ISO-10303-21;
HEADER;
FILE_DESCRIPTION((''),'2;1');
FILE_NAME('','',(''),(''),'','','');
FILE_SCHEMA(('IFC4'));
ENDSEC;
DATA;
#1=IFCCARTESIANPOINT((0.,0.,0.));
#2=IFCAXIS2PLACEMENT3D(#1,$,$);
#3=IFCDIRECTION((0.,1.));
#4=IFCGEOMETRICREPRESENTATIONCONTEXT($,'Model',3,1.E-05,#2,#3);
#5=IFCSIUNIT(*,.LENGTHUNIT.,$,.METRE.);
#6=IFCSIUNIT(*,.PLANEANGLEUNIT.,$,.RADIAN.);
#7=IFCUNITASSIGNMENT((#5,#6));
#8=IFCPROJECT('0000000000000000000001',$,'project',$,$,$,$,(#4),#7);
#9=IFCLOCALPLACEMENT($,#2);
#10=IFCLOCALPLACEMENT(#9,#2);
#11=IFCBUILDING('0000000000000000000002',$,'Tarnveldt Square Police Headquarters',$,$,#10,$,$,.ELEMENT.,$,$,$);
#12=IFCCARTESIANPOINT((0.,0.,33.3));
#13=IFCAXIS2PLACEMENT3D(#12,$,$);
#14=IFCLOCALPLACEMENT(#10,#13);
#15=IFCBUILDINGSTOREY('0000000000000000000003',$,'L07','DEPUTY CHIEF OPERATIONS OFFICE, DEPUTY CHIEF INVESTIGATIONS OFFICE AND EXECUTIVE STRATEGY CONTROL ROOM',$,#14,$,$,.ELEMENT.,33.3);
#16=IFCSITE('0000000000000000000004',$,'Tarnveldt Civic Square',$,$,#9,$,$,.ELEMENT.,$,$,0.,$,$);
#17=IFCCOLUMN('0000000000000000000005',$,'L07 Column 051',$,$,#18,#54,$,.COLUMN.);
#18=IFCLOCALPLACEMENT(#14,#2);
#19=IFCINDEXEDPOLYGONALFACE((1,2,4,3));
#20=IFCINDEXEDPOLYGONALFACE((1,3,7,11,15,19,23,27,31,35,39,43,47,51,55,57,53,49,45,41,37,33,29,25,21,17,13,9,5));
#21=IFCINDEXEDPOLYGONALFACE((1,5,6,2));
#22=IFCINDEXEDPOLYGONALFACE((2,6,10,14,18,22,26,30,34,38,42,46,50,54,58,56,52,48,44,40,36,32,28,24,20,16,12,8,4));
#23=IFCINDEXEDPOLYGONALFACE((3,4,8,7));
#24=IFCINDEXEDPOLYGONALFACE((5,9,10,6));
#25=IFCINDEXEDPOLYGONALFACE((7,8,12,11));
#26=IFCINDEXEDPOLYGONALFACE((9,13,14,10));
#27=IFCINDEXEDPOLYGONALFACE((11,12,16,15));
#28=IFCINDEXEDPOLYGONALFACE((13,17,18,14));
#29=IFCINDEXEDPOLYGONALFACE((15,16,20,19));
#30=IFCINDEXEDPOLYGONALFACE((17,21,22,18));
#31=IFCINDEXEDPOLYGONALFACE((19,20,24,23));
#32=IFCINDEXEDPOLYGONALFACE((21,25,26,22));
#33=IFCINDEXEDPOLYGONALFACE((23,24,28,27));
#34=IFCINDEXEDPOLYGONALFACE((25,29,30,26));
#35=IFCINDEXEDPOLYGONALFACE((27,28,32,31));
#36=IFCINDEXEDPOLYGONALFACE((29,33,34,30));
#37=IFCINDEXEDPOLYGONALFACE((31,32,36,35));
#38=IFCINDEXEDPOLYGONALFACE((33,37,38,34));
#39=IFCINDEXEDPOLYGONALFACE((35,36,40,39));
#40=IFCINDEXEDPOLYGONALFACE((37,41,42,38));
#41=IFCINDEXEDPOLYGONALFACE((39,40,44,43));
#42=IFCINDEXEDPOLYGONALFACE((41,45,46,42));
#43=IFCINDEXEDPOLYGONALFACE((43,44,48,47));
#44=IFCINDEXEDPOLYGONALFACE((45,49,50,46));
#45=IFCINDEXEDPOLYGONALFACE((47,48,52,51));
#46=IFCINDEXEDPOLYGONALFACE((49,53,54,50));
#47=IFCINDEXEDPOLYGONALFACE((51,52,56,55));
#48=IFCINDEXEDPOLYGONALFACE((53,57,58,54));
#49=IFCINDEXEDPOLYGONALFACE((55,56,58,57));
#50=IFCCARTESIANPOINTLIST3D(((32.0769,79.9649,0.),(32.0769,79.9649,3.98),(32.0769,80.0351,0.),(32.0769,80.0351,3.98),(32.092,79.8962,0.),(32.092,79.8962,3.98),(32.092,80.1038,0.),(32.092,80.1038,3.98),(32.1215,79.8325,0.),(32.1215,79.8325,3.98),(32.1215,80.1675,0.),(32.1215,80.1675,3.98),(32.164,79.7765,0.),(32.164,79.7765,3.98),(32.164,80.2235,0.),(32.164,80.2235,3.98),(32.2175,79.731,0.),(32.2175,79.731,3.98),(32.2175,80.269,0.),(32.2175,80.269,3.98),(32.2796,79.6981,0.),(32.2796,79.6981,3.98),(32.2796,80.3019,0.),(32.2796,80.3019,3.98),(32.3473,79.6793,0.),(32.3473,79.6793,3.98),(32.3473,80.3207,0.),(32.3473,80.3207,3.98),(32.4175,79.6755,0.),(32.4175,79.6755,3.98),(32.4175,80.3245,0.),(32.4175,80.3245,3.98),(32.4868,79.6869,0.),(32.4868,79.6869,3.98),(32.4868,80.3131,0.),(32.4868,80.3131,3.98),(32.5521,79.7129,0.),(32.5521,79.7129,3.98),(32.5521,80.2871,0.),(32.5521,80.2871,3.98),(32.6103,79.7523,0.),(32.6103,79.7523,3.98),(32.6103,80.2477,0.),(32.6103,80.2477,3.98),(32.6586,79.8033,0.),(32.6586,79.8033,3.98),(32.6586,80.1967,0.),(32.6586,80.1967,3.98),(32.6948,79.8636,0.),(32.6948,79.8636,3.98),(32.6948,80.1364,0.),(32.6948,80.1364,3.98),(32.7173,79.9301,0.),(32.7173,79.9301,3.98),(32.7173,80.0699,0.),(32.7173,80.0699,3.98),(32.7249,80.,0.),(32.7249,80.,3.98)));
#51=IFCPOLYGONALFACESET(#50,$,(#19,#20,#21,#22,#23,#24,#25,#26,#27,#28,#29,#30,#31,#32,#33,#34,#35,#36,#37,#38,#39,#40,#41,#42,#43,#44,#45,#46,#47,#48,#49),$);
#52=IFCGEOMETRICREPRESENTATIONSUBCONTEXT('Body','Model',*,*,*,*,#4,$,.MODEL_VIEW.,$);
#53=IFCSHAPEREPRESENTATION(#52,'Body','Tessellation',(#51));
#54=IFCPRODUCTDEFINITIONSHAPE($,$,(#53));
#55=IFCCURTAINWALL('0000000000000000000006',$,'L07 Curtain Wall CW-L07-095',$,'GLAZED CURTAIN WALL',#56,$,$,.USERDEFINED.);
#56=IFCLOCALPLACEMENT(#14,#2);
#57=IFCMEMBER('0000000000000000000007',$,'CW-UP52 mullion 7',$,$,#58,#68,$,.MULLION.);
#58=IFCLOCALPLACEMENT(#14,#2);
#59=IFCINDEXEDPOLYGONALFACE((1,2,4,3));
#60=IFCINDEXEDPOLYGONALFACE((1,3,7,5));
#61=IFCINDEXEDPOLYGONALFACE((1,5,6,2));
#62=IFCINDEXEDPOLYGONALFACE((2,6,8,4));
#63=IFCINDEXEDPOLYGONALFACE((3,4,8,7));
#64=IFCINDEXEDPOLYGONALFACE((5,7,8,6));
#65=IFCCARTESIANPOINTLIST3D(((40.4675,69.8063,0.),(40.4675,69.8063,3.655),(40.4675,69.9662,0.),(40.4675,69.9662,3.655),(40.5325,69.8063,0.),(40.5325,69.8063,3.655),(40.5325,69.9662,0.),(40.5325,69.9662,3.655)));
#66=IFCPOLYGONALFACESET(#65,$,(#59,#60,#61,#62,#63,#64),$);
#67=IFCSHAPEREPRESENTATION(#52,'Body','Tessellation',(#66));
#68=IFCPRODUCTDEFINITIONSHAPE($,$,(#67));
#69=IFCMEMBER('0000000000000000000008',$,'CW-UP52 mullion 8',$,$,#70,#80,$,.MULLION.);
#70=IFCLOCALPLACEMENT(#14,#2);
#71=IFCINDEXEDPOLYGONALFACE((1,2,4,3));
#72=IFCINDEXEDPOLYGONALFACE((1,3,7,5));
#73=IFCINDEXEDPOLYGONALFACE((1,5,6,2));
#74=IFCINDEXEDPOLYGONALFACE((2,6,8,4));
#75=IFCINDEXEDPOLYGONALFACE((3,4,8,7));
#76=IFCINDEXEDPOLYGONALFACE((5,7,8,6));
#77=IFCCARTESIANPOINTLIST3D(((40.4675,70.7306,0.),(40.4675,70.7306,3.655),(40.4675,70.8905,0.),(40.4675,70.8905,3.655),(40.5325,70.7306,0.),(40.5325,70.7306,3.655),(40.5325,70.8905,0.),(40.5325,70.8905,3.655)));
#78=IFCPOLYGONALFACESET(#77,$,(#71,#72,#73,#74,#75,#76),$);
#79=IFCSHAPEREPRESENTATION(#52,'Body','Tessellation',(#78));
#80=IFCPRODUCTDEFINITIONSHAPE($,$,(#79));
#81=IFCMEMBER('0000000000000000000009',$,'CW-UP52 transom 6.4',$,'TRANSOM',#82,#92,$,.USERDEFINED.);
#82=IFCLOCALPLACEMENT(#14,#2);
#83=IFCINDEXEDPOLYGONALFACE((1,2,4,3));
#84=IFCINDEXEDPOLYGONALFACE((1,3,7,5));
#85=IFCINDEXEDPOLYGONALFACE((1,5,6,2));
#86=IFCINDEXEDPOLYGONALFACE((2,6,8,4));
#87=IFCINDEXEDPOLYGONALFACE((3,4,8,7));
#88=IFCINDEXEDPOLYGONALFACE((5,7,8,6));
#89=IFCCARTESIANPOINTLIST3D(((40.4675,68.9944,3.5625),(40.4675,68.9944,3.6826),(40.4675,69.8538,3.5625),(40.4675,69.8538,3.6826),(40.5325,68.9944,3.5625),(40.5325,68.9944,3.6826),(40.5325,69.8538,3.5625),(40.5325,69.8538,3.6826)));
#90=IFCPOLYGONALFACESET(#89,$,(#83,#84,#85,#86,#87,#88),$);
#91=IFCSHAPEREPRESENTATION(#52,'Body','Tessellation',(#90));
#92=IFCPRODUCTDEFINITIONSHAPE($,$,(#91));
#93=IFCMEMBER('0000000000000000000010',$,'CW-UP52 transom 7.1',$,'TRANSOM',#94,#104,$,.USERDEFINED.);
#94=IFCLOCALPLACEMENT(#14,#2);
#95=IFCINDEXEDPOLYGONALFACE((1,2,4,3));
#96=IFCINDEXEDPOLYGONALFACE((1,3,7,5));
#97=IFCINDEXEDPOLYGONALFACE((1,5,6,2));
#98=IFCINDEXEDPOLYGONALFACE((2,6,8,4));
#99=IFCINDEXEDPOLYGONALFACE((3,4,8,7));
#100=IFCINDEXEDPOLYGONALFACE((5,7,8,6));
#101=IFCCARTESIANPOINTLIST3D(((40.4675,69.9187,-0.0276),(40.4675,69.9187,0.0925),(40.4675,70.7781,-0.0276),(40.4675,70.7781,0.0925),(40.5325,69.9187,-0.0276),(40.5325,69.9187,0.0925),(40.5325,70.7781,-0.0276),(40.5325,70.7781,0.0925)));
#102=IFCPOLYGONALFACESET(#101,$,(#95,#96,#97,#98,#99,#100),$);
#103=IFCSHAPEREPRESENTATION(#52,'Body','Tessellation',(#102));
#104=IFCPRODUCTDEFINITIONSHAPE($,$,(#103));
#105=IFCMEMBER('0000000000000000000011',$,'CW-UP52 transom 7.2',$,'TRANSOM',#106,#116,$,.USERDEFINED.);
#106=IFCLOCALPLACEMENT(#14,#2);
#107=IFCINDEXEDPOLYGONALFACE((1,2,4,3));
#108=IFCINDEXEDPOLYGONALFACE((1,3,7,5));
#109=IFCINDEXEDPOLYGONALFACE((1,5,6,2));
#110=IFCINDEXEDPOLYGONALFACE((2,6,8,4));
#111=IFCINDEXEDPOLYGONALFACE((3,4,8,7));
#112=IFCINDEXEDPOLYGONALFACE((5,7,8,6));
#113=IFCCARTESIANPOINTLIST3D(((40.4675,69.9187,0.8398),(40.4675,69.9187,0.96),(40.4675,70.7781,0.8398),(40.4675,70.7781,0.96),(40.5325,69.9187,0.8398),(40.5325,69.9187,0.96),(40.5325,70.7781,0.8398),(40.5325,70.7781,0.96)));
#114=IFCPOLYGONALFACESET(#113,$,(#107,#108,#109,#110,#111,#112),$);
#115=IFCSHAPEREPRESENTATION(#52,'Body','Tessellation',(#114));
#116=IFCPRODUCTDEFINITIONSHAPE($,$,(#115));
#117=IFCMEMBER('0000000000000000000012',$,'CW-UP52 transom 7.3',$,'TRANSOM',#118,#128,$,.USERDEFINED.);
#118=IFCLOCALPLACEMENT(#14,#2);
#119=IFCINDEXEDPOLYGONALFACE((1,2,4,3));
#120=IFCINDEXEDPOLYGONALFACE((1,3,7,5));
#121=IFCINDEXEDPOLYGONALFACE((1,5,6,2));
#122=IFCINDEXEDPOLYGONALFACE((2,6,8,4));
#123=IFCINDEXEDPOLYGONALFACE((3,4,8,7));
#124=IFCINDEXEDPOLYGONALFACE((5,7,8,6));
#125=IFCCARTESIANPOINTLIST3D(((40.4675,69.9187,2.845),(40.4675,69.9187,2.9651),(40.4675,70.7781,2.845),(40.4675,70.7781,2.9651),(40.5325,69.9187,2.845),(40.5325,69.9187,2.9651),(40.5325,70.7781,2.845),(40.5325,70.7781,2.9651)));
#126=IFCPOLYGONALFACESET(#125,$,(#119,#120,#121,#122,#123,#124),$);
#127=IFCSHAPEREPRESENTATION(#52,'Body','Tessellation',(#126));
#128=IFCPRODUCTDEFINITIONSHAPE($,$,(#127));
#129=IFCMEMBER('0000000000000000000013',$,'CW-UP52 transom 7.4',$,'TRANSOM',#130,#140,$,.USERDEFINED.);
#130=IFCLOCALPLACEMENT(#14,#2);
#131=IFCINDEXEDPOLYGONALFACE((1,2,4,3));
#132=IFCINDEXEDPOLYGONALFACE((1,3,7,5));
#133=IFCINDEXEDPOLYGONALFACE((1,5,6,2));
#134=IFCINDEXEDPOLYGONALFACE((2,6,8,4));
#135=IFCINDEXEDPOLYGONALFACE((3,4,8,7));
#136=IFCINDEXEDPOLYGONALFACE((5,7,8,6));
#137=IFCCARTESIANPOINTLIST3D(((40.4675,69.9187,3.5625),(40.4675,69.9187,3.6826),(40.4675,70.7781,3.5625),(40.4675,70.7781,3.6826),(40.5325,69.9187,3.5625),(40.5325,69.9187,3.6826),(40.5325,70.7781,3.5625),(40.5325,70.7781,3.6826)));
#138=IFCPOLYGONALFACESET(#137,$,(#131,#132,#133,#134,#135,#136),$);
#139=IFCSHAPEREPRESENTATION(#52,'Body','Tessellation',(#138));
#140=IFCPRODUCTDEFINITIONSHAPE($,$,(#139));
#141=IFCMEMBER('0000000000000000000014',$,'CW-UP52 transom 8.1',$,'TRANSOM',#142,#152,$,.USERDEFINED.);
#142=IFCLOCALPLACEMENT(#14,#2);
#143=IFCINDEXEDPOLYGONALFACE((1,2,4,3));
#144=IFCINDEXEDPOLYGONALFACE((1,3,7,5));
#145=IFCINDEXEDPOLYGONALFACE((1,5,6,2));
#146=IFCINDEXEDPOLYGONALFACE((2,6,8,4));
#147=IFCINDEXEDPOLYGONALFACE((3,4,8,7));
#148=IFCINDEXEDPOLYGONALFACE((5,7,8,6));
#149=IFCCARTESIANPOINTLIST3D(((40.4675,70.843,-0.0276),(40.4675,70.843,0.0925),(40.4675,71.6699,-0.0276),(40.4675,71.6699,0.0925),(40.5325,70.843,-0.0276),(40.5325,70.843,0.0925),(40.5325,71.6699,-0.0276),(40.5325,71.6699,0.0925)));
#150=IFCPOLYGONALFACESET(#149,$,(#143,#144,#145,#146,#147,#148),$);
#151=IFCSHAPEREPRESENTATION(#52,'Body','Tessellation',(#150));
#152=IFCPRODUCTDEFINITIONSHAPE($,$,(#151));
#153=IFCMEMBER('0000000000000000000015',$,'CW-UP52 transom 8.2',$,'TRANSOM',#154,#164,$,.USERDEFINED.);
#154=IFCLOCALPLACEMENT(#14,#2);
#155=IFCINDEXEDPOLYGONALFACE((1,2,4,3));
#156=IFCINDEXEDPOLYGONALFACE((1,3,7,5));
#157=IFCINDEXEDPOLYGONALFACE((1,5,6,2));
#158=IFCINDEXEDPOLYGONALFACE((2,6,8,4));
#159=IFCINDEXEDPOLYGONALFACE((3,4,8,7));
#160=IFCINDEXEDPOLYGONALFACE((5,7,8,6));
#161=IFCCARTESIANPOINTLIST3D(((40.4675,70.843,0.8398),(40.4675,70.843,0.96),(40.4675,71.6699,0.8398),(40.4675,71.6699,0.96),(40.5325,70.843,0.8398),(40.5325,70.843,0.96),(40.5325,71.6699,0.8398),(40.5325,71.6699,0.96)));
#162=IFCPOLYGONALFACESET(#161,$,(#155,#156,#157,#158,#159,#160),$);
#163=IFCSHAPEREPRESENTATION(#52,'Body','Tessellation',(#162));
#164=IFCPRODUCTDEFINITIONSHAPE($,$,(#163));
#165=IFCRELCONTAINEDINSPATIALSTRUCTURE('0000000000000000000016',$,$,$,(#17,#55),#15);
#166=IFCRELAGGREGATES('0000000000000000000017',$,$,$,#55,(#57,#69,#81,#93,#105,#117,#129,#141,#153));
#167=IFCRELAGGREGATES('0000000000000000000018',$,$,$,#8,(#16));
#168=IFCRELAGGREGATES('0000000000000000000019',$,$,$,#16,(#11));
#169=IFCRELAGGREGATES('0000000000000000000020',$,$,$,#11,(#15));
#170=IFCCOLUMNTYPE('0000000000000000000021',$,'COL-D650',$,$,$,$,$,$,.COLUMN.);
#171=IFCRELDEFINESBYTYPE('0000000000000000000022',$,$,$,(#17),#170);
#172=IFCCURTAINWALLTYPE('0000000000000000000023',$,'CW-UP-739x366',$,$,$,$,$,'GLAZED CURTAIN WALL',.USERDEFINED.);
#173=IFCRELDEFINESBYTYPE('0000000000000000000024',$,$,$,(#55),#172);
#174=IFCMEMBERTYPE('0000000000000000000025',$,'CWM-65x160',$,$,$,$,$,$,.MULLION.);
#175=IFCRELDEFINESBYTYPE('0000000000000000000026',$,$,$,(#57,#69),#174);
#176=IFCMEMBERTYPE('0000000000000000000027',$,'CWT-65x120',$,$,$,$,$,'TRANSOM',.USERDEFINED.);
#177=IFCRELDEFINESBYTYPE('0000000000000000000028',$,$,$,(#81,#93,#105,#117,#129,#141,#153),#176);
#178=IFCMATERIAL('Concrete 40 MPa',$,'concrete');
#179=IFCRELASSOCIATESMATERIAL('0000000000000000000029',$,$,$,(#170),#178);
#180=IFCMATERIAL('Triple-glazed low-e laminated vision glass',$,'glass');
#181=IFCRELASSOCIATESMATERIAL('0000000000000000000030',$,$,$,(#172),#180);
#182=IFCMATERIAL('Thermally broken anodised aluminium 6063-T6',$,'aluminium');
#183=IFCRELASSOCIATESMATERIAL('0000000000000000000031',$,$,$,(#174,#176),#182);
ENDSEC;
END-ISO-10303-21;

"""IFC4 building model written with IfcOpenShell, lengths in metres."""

from ifc_helpers import new_model, si_unit, direction, frame, origin, origin_2d, place, context, subcontext, project, spatial, rectangle, circle, extrude, material, material_profile, profile_set, type_object, element, aggregate, save


model = new_model("IFC4")

# Units and contexts
model_context = context("Model", 3, precision=1e-05, world=origin(), true_north=direction((0.0, 1.0)))
body_context = subcontext(model_context, "Body", "Model", "MODEL_VIEW")
ifc_project = project(units=[si_unit("LENGTHUNIT", "METRE"), si_unit("PLANEANGLEUNIT", "RADIAN")], contexts=[model_context])

# Site, building, storey
site_placement = place(None, origin())
site = spatial("IfcSite", under=ifc_project, at=site_placement, Name="Tarnveldt Civic Square", CompositionType="ELEMENT", RefElevation=0.0)
building_placement = place(site_placement, origin())
building = spatial("IfcBuilding", under=site, at=building_placement, Name="Tarnveldt Square Police Headquarters", CompositionType="ELEMENT")
storey_placement = place(building_placement, frame((0.0, 0.0, 33.3)))
storey = spatial("IfcBuildingStorey", under=building, at=storey_placement, Name="L07", Description="DEPUTY CHIEF OPERATIONS OFFICE, DEPUTY CHIEF INVESTIGATIONS OFFICE AND EXECUTIVE STRATEGY CONTROL ROOM", CompositionType="ELEMENT", Elevation=33.3)

# Column
ifc_material_1 = material(Name="Concrete 40 MPa", Category="concrete")
ifc_material_profile_1 = material_profile(ifc_material_1, circle(Radius=0.325, at=origin_2d()), Name="RC-D650")
ifc_profile_set_1 = profile_set([ifc_material_profile_1], Name="Concrete 40 MPa")
column_type = type_object("IfcColumnType", Name="COL-D650", PredefinedType="COLUMN", material=ifc_profile_set_1)
column_placement = place(storey_placement, frame((32.3999, 80.0, 0.0), z_axis=(0.0, 0.0, 1.0), x_axis=(1.0, 0.0, 0.0)))
element("IfcColumn", 1, at=column_placement, inside=storey, type_object=column_type, Name="L07 Column 051", PredefinedType="COLUMN", context=body_context, shape_type="SweptSolid", body=[
    extrude(circle(Radius=0.325, at=origin_2d()), origin(), (0.0, 0.0, 1.0), 3.98),
])

# Curtain wall, members
ifc_material_2 = material(Name="Triple-glazed low-e laminated vision glass", Category="glass")
curtain_wall_type = type_object("IfcCurtainWallType", Name="CW-UP-739x366", ElementType="GLAZED CURTAIN WALL", PredefinedType="USERDEFINED", material=ifc_material_2)
curtain_wall_placement = place(storey_placement, origin())
curtain_wall = element("IfcCurtainWall", 2, at=curtain_wall_placement, inside=storey, type_object=curtain_wall_type, Name="L07 Curtain Wall CW-L07-095", ObjectType="GLAZED CURTAIN WALL", PredefinedType="USERDEFINED")
ifc_material_3 = material(Name="Thermally broken anodised aluminium 6063-T6", Category="aluminium")
ifc_material_profile_2 = material_profile(ifc_material_3, rectangle(XDim=0.0649, YDim=0.1599, at=origin_2d()), Name="CW-M65x160")
ifc_profile_set_2 = profile_set([ifc_material_profile_2], Name="Thermally broken anodised aluminium 6063-T6")
member_type_1 = type_object("IfcMemberType", Name="CWM-65x160", PredefinedType="MULLION", material=ifc_profile_set_2)
member_1_placement = place(storey_placement, frame((40.5, 69.8862, 0.0), z_axis=(0.0, 0.0, 1.0), x_axis=(-1.0, 0.0, 0.0)))
member_1 = element("IfcMember", 3, at=member_1_placement, type_object=member_type_1, Name="CW-UP52 mullion 7", PredefinedType="MULLION", context=body_context, shape_type="SweptSolid", body=[
    extrude(rectangle(XDim=0.0649, YDim=0.1599, at=origin_2d()), origin(), (0.0, 0.0, 1.0), 3.655),
])
member_2_placement = place(storey_placement, frame((40.5, 70.8105, 0.0), z_axis=(0.0, 0.0, 1.0), x_axis=(-1.0, 0.0, 0.0)))
member_2 = element("IfcMember", 4, at=member_2_placement, type_object=member_type_1, Name="CW-UP52 mullion 8", PredefinedType="MULLION", context=body_context, shape_type="SweptSolid", body=[
    extrude(rectangle(XDim=0.0649, YDim=0.1599, at=origin_2d()), origin(), (0.0, 0.0, 1.0), 3.655),
])
ifc_material_profile_3 = material_profile(ifc_material_3, rectangle(XDim=0.0649, YDim=0.1201, at=origin_2d()), Name="CW-T65x120")
ifc_profile_set_3 = profile_set([ifc_material_profile_3], Name="Thermally broken anodised aluminium 6063-T6")
member_type_2 = type_object("IfcMemberType", Name="CWT-65x120", ElementType="TRANSOM", PredefinedType="USERDEFINED", material=ifc_profile_set_3)
member_3_placement = place(storey_placement, frame((40.5, 68.9944, 3.6226), z_axis=(0.0, 1.0, 0.0), x_axis=(-1.0, 0.0, 0.0)))
member_3 = element("IfcMember", 5, at=member_3_placement, type_object=member_type_2, Name="CW-UP52 transom 6.4", ObjectType="TRANSOM", PredefinedType="USERDEFINED", context=body_context, shape_type="SweptSolid", body=[
    extrude(rectangle(XDim=0.0649, YDim=0.1201, at=origin_2d()), origin(), (0.0, 0.0, 1.0), 0.8594),
])
member_4_placement = place(storey_placement, frame((40.5, 69.9187, 0.0325), z_axis=(0.0, 1.0, 0.0), x_axis=(-1.0, 0.0, 0.0)))
member_4 = element("IfcMember", 6, at=member_4_placement, type_object=member_type_2, Name="CW-UP52 transom 7.1", ObjectType="TRANSOM", PredefinedType="USERDEFINED", context=body_context, shape_type="SweptSolid", body=[
    extrude(rectangle(XDim=0.0649, YDim=0.1201, at=origin_2d()), origin(), (0.0, 0.0, 1.0), 0.8594),
])
member_5_placement = place(storey_placement, frame((40.5, 69.9187, 0.8999), z_axis=(0.0, 1.0, 0.0), x_axis=(-1.0, 0.0, 0.0)))
member_5 = element("IfcMember", 7, at=member_5_placement, type_object=member_type_2, Name="CW-UP52 transom 7.2", ObjectType="TRANSOM", PredefinedType="USERDEFINED", context=body_context, shape_type="SweptSolid", body=[
    extrude(rectangle(XDim=0.0649, YDim=0.1201, at=origin_2d()), origin(), (0.0, 0.0, 1.0), 0.8594),
])
member_6_placement = place(storey_placement, frame((40.5, 69.9187, 2.905), z_axis=(0.0, 1.0, 0.0), x_axis=(-1.0, 0.0, 0.0)))
member_6 = element("IfcMember", 8, at=member_6_placement, type_object=member_type_2, Name="CW-UP52 transom 7.3", ObjectType="TRANSOM", PredefinedType="USERDEFINED", context=body_context, shape_type="SweptSolid", body=[
    extrude(rectangle(XDim=0.0649, YDim=0.1201, at=origin_2d()), origin(), (0.0, 0.0, 1.0), 0.8594),
])
member_7_placement = place(storey_placement, frame((40.5, 69.9187, 3.6226), z_axis=(0.0, 1.0, 0.0), x_axis=(-1.0, 0.0, 0.0)))
member_7 = element("IfcMember", 9, at=member_7_placement, type_object=member_type_2, Name="CW-UP52 transom 7.4", ObjectType="TRANSOM", PredefinedType="USERDEFINED", context=body_context, shape_type="SweptSolid", body=[
    extrude(rectangle(XDim=0.0649, YDim=0.1201, at=origin_2d()), origin(), (0.0, 0.0, 1.0), 0.8594),
])
member_8_placement = place(storey_placement, frame((40.5, 70.843, 0.0325), z_axis=(0.0, 1.0, 0.0), x_axis=(-1.0, 0.0, 0.0)))
member_8 = element("IfcMember", 10, at=member_8_placement, type_object=member_type_2, Name="CW-UP52 transom 8.1", ObjectType="TRANSOM", PredefinedType="USERDEFINED", context=body_context, shape_type="SweptSolid", body=[
    extrude(rectangle(XDim=0.0649, YDim=0.1201, at=origin_2d()), origin(), (0.0, 0.0, 1.0), 0.8269),
])
member_9_placement = place(storey_placement, frame((40.5, 70.843, 0.8999), z_axis=(0.0, 1.0, 0.0), x_axis=(-1.0, 0.0, 0.0)))
member_9 = element("IfcMember", 11, at=member_9_placement, type_object=member_type_2, Name="CW-UP52 transom 8.2", ObjectType="TRANSOM", PredefinedType="USERDEFINED", context=body_context, shape_type="SweptSolid", body=[
    extrude(rectangle(XDim=0.0649, YDim=0.1201, at=origin_2d()), origin(), (0.0, 0.0, 1.0), 0.8269),
])

aggregate(curtain_wall, [member_1, member_2, member_3, member_4, member_5, member_6, member_7, member_8, member_9])

save(model, "model.ifc")
